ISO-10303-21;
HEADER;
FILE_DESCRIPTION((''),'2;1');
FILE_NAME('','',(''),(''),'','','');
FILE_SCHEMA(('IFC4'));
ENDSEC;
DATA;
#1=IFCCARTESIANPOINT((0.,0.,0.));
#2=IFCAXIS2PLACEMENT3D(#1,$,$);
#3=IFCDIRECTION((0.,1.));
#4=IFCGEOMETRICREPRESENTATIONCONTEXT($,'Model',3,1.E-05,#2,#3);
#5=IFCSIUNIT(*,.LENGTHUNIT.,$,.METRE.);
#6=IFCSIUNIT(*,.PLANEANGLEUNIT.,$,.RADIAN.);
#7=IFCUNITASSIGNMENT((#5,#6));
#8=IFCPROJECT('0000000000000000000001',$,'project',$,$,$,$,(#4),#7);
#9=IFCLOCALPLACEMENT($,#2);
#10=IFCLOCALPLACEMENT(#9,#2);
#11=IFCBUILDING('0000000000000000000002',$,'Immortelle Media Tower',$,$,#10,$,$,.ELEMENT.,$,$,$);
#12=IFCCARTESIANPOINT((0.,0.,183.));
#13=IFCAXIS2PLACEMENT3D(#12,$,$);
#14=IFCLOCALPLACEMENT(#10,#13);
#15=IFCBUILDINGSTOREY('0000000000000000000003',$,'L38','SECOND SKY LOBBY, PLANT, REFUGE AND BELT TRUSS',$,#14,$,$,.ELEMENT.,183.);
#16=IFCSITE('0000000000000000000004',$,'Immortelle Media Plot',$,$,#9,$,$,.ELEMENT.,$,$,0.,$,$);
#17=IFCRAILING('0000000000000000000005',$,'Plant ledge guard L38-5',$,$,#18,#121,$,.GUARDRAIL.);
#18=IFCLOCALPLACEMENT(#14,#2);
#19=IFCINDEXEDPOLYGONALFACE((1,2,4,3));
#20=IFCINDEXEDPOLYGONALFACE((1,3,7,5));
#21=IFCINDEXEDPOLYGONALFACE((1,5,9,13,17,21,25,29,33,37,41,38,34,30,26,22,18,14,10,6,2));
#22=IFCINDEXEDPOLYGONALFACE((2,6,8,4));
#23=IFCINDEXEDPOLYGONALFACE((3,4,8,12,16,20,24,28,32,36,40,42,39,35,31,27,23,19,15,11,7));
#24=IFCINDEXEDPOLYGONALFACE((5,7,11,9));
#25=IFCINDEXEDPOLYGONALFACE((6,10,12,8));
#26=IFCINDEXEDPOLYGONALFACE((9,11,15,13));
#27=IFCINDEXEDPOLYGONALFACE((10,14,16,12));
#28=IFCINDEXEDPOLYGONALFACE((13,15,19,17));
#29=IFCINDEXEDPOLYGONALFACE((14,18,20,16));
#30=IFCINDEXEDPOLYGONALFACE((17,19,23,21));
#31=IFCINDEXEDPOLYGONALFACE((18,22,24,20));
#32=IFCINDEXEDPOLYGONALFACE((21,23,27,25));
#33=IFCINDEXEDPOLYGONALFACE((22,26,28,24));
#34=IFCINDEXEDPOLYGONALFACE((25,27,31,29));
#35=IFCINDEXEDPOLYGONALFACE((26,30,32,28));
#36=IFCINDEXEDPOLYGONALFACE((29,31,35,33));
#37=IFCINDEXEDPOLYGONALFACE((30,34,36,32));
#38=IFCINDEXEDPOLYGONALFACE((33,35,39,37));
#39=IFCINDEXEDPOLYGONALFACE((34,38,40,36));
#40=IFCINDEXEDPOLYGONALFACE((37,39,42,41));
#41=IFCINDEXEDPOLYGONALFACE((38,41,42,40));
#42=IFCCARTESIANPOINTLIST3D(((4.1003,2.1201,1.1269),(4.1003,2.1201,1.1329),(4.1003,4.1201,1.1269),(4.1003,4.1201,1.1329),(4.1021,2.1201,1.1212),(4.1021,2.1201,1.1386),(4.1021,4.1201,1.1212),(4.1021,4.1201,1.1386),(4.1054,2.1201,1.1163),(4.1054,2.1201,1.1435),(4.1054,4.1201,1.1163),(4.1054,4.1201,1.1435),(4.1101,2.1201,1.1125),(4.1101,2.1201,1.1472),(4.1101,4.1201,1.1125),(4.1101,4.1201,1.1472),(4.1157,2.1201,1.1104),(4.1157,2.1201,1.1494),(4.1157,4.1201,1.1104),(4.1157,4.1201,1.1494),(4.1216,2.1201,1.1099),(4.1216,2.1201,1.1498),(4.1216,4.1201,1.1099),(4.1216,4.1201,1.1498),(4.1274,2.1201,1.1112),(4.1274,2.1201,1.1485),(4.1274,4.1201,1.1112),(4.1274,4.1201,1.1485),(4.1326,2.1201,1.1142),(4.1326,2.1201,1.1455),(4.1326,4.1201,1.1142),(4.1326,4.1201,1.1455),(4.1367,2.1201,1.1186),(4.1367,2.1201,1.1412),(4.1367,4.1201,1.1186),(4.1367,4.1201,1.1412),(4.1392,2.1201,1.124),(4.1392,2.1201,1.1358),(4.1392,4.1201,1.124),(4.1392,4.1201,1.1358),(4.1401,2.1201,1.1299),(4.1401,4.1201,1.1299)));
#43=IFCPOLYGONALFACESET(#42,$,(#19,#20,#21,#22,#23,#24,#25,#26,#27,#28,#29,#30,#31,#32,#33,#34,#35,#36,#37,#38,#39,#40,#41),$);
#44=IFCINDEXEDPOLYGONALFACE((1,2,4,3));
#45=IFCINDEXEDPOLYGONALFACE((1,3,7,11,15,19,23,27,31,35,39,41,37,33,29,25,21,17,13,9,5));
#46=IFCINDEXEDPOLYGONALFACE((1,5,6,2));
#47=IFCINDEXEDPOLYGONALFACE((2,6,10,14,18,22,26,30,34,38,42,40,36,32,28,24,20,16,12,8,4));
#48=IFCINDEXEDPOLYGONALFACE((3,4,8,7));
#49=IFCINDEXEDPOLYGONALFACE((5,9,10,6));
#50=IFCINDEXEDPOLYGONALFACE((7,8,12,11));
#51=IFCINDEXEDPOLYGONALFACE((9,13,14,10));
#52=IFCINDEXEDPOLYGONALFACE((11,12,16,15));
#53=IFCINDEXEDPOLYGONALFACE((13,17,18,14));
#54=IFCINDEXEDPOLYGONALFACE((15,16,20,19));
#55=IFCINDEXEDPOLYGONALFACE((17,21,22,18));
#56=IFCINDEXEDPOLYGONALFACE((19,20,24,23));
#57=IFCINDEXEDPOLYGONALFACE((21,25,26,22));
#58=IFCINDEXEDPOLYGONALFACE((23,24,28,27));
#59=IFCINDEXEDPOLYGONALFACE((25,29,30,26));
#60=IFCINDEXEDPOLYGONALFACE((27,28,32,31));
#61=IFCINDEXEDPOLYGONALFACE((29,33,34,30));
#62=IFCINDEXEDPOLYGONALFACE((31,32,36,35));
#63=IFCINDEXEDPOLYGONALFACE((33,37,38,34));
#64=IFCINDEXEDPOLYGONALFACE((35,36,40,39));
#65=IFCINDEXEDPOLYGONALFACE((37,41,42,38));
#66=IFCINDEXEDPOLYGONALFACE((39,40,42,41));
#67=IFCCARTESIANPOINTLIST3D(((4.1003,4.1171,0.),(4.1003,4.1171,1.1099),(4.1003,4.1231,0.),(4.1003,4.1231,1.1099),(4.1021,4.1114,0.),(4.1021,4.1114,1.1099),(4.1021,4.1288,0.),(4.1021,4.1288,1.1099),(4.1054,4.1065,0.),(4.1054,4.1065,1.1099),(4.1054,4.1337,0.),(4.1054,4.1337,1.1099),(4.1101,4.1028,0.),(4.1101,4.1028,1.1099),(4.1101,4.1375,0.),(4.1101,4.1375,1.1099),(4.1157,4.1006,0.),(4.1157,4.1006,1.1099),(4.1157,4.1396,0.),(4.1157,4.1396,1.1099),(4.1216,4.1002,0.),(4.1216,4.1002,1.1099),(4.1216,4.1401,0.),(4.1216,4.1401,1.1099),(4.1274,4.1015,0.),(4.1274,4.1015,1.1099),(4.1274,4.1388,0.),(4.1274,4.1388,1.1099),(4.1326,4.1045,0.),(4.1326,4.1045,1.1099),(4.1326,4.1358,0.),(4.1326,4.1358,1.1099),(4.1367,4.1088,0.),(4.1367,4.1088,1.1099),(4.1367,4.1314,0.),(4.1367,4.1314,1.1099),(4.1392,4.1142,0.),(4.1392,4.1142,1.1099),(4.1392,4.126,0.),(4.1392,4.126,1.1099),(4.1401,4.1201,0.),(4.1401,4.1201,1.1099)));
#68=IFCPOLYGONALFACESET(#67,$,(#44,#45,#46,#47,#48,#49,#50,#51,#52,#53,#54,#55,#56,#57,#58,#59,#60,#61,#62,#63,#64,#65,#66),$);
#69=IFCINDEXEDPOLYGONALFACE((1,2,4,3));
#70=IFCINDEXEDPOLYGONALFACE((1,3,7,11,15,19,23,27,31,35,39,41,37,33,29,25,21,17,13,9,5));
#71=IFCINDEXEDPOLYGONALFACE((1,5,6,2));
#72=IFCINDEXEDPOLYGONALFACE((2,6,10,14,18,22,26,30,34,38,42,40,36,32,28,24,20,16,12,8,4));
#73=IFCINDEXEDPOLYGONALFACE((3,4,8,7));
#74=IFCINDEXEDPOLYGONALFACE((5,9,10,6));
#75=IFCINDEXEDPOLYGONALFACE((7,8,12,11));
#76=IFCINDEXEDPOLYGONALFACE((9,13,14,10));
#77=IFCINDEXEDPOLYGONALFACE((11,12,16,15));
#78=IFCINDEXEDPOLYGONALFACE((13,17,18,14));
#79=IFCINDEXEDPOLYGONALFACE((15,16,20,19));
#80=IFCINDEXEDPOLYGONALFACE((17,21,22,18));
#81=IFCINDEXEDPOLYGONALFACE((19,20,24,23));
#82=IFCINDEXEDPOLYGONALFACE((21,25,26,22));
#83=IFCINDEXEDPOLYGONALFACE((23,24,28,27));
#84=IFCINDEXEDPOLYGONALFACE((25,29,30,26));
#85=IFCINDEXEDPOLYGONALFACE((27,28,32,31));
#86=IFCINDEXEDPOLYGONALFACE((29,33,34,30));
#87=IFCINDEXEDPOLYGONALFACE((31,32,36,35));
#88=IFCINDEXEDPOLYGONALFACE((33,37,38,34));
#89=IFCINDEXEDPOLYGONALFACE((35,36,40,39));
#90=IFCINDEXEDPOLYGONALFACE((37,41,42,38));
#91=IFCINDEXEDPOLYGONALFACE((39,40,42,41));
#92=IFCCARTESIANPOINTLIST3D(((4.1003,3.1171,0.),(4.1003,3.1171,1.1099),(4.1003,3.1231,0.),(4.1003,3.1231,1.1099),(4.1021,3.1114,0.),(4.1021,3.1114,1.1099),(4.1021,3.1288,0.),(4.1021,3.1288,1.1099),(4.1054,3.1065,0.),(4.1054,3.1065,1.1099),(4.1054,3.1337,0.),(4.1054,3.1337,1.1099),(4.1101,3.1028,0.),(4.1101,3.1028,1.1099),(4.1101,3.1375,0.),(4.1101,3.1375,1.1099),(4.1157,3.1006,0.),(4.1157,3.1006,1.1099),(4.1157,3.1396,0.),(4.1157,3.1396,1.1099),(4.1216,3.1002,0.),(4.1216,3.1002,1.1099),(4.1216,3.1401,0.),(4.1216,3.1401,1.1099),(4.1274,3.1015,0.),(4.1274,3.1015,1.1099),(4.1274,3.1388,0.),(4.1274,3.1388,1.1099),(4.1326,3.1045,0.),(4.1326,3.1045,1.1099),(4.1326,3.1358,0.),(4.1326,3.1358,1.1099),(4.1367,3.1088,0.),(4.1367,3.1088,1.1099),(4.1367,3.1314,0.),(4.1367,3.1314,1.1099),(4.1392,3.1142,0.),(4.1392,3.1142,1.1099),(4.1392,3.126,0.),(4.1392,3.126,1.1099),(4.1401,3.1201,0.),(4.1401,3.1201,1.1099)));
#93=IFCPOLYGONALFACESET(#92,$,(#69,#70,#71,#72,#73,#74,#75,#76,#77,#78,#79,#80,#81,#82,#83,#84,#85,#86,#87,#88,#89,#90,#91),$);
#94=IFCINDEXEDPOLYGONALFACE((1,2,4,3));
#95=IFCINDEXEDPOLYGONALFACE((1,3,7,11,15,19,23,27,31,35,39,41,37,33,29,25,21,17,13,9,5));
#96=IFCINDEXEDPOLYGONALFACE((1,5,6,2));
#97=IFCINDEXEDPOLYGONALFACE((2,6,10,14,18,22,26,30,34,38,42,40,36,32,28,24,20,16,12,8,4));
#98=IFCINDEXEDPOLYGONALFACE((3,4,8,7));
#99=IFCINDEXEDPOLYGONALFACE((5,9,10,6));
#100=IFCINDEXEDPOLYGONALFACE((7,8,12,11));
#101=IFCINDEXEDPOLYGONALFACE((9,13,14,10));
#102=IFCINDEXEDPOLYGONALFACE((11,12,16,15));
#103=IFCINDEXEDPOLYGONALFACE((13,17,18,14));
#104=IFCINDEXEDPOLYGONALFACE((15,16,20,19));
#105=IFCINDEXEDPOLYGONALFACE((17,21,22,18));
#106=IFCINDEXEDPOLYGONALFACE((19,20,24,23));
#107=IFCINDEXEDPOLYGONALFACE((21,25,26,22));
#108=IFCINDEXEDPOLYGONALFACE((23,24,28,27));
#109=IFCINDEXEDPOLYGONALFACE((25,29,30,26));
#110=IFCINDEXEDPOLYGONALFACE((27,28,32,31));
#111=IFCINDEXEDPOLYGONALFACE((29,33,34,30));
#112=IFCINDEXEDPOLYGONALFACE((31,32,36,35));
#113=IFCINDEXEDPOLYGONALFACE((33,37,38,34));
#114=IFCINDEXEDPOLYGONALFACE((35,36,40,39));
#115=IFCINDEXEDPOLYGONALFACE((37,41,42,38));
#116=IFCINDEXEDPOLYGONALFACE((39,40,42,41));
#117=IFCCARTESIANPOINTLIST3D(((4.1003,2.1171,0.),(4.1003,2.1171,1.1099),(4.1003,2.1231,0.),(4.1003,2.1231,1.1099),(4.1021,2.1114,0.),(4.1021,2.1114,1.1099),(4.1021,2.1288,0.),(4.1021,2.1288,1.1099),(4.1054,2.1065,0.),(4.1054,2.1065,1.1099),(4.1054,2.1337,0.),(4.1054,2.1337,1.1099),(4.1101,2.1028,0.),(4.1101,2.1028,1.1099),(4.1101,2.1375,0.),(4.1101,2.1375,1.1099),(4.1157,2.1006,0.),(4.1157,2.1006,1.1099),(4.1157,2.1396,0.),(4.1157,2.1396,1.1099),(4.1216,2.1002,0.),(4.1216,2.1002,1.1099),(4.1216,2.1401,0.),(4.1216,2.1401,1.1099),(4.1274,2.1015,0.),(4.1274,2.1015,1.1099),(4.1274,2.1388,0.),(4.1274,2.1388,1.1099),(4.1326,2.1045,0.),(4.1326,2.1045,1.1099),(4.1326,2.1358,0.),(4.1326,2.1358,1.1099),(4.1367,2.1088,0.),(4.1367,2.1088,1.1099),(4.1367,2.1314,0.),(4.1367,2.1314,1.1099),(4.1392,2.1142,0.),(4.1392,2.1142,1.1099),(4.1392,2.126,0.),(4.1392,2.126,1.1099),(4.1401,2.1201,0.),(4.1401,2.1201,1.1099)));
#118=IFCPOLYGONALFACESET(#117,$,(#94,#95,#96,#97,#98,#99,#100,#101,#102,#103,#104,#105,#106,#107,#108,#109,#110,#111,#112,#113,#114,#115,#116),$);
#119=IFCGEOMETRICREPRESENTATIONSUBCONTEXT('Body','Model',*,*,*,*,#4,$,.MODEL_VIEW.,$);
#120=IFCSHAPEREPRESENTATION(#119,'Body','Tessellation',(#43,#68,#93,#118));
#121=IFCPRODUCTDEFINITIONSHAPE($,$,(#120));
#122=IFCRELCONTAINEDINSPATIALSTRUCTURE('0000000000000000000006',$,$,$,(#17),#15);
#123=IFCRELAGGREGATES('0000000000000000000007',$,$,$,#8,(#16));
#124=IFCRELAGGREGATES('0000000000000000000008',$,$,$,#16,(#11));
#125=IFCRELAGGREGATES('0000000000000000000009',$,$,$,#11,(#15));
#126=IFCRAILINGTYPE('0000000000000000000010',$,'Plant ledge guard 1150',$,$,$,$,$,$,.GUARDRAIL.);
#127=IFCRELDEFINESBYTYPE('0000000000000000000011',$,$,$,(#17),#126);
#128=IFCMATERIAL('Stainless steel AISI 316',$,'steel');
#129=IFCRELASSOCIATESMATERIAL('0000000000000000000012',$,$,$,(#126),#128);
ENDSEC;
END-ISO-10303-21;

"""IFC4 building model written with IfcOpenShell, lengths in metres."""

from ifc_helpers import new_model, si_unit, direction, frame, origin, origin_2d, place, context, subcontext, project, spatial, circle, extrude, material, type_object, element, save


model = new_model("IFC4")

# Units and contexts
model_context = context("Model", 3, precision=1e-05, world=origin(), true_north=direction((0.0, 1.0)))
body_context = subcontext(model_context, "Body", "Model", "MODEL_VIEW")
ifc_project = project(units=[si_unit("LENGTHUNIT", "METRE"), si_unit("PLANEANGLEUNIT", "RADIAN")], contexts=[model_context])

# Site, building, storey
site_placement = place(None, origin())
site = spatial("IfcSite", under=ifc_project, at=site_placement, Name="Immortelle Media Plot", CompositionType="ELEMENT", RefElevation=0.0)
building_placement = place(site_placement, origin())
building = spatial("IfcBuilding", under=site, at=building_placement, Name="Immortelle Media Tower", CompositionType="ELEMENT")
storey_placement = place(building_placement, frame((0.0, 0.0, 183.0)))
storey = spatial("IfcBuildingStorey", under=building, at=storey_placement, Name="L38", Description="SECOND SKY LOBBY, PLANT, REFUGE AND BELT TRUSS", CompositionType="ELEMENT", Elevation=183.0)

# Railing
ifc_material_1 = material(Name="Stainless steel AISI 316", Category="steel")
railing_type = type_object("IfcRailingType", Name="Plant ledge guard 1150", PredefinedType="GUARDRAIL", material=ifc_material_1)
railing_1_placement = place(storey_placement, frame((4.1201, 4.1201, 0.0)))
element("IfcRailing", 1, at=railing_1_placement, inside=storey, type_object=railing_type, Name="Plant ledge guard L38-5", PredefinedType="GUARDRAIL", context=body_context, shape_type="SweptSolid", body=[
    extrude(circle(Radius=0.02, at=origin_2d()), frame((0.0, 0.0, 1.1299), z_axis=(0.0, -1.0, 0.0), x_axis=(1.0, 0.0, 0.0)), (0.0, 0.0, 1.0), 2.0),
    extrude(circle(Radius=0.02, at=origin_2d()), origin(), (0.0, 0.0, 1.0), 1.1099),
    extrude(circle(Radius=0.02, at=origin_2d()), frame((0.0, -1.0, 0.0)), (0.0, 0.0, 1.0), 1.1099),
    extrude(circle(Radius=0.02, at=origin_2d()), frame((0.0, -2.0, 0.0)), (0.0, 0.0, 1.0), 1.1099),
])

save(model, "model.ifc")
